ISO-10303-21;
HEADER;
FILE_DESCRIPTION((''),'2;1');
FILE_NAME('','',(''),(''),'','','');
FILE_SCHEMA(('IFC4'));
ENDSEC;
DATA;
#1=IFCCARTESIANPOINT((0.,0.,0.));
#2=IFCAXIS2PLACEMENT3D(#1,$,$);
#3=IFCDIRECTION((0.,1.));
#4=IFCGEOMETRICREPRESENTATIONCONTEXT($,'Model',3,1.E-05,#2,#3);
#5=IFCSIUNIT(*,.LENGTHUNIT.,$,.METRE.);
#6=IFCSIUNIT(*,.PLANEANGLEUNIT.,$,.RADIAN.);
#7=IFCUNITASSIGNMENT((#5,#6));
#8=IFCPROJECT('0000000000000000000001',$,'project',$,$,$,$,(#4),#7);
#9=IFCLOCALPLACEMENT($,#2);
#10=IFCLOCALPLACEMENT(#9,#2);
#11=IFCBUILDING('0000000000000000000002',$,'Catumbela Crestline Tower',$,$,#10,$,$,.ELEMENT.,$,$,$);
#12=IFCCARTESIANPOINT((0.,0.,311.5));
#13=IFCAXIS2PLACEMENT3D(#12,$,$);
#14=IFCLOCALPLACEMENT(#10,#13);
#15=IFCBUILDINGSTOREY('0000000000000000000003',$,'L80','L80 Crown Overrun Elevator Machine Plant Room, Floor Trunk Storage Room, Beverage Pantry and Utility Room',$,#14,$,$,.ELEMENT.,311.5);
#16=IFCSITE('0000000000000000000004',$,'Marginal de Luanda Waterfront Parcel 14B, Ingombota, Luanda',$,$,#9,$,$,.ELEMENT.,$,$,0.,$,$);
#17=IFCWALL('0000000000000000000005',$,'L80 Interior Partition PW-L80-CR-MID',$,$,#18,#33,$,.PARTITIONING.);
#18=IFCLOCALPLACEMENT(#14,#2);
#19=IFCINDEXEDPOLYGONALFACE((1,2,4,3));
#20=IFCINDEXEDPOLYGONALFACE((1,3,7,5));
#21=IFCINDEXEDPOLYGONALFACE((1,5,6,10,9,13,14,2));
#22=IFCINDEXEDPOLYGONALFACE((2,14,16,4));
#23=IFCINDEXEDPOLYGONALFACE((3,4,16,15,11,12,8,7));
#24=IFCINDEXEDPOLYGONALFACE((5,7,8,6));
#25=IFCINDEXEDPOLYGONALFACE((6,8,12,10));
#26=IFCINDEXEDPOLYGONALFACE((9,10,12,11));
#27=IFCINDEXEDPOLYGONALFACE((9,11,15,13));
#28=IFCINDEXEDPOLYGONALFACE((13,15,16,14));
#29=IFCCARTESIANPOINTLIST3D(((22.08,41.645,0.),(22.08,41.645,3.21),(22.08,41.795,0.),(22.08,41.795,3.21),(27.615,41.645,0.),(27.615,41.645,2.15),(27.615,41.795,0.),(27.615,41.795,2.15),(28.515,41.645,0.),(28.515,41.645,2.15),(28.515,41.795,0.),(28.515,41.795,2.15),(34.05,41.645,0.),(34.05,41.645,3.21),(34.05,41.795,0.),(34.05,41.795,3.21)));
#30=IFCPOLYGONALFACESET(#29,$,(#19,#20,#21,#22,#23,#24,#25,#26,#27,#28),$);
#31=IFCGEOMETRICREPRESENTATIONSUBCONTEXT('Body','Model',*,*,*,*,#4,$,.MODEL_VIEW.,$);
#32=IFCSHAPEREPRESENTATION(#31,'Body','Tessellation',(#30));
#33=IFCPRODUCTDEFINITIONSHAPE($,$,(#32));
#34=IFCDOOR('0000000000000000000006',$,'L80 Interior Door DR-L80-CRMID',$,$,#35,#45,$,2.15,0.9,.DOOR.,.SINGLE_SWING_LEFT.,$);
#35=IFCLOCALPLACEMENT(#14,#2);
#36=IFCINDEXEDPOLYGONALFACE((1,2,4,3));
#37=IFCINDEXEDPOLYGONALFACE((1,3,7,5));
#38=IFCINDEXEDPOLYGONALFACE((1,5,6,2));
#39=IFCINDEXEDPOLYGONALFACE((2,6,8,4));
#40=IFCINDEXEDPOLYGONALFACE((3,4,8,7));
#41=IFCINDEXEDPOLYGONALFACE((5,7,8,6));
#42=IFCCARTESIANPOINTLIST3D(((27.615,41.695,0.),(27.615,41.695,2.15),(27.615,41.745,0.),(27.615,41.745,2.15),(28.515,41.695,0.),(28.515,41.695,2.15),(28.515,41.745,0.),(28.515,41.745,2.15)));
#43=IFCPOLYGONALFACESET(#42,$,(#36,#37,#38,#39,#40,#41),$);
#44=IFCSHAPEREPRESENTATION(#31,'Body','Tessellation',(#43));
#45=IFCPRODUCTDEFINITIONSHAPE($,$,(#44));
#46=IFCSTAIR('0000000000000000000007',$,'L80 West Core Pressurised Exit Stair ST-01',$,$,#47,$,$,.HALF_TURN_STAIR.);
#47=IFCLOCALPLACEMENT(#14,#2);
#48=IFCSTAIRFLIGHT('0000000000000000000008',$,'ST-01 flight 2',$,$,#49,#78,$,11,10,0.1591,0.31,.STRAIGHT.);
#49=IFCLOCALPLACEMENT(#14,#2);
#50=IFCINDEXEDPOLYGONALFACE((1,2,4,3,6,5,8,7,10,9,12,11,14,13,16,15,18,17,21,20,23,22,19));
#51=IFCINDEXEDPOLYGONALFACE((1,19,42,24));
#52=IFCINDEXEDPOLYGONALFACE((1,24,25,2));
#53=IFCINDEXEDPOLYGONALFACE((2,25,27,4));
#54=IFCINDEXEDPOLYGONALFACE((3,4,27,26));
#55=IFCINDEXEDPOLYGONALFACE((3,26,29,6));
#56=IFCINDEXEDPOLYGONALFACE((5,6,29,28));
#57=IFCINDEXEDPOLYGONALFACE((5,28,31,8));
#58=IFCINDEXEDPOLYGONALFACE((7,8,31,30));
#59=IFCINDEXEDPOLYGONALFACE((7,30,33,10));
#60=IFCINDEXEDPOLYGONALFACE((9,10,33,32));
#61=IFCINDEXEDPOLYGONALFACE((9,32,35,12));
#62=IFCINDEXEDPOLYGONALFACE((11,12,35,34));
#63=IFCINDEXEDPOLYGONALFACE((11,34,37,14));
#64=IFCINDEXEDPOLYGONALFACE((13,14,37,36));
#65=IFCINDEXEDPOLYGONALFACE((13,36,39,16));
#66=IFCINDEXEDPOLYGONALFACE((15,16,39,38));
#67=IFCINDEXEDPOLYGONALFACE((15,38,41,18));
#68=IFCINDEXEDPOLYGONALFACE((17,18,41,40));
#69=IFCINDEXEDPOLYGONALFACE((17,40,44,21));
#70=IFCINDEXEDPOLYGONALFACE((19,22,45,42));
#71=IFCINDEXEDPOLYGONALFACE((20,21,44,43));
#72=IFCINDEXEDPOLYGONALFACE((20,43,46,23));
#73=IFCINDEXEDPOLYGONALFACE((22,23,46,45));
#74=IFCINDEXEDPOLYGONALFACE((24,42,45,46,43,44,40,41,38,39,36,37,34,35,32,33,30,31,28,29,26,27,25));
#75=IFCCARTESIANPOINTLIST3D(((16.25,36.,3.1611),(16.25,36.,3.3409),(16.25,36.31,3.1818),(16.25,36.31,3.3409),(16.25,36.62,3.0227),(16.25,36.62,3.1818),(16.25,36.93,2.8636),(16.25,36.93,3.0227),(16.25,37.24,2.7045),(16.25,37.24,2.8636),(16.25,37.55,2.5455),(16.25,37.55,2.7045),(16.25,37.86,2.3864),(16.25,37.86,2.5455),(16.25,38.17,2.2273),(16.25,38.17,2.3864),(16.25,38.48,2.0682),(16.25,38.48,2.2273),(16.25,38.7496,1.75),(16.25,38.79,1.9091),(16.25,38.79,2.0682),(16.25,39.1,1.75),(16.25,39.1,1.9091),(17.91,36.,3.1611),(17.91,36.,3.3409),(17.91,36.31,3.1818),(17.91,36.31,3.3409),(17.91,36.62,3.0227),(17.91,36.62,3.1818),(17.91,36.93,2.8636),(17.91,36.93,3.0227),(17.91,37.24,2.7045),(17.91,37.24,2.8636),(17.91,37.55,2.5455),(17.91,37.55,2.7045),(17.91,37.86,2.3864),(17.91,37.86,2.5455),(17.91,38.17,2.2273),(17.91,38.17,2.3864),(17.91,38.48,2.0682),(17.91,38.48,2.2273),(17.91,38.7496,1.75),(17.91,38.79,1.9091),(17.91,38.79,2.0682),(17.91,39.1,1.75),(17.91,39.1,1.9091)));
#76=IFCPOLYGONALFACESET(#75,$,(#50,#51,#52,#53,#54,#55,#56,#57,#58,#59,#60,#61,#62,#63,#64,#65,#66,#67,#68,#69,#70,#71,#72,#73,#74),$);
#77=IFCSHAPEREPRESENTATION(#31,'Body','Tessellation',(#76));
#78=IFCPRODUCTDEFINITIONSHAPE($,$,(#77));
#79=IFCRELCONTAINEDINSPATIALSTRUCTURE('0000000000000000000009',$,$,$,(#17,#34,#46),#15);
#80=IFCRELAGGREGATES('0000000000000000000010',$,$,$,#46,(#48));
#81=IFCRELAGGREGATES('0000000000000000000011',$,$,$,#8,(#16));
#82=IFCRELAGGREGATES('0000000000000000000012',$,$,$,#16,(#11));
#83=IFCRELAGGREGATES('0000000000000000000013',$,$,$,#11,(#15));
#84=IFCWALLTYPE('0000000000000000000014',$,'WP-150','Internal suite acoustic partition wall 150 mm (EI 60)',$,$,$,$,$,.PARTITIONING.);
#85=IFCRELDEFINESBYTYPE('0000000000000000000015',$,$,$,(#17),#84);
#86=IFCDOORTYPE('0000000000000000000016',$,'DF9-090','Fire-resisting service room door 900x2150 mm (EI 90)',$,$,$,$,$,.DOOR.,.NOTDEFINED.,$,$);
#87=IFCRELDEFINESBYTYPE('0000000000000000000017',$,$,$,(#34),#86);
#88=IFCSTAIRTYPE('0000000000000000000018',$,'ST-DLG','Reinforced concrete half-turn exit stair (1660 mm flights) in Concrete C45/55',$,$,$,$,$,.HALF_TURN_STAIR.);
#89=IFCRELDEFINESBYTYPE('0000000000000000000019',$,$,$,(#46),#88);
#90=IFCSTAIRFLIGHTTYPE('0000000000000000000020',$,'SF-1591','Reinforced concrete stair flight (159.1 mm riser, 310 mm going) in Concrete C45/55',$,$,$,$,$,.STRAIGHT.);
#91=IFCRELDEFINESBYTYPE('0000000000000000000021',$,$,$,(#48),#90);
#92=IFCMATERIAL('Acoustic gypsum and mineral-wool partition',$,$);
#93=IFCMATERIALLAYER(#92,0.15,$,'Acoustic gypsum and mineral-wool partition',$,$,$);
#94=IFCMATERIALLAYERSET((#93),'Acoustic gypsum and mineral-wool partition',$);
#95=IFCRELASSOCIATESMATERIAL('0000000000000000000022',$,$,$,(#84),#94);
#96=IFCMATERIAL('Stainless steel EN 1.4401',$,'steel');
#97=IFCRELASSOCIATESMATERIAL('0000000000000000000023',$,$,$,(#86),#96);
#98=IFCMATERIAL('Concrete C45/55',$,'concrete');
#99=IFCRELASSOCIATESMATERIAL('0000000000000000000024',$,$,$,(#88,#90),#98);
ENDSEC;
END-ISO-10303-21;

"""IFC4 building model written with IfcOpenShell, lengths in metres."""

from ifc_helpers import new_model, si_unit, direction, frame, frame_2d, origin, place, context, subcontext, project, spatial, polyline, rectangle, outline, extrude, material, layer, layer_set, type_object, element, fill, aggregate, save


model = new_model("IFC4")

# Units and contexts
model_context = context("Model", 3, precision=1e-05, world=origin(), true_north=direction((0.0, 1.0)))
body_context = subcontext(model_context, "Body", "Model", "MODEL_VIEW")
ifc_project = project(units=[si_unit("LENGTHUNIT", "METRE"), si_unit("PLANEANGLEUNIT", "RADIAN")], contexts=[model_context])

# Site, building, storey
site_placement = place(None, origin())
site = spatial("IfcSite", under=ifc_project, at=site_placement, Name="Marginal de Luanda Waterfront Parcel 14B, Ingombota, Luanda", CompositionType="ELEMENT", RefElevation=0.0)
building_placement = place(site_placement, origin())
building = spatial("IfcBuilding", under=site, at=building_placement, Name="Catumbela Crestline Tower", CompositionType="ELEMENT")
storey_placement = place(building_placement, frame((0.0, 0.0, 311.5)))
storey = spatial("IfcBuildingStorey", under=building, at=storey_placement, Name="L80", Description="L80 Crown Overrun Elevator Machine Plant Room, Floor Trunk Storage Room, Beverage Pantry and Utility Room", CompositionType="ELEMENT", Elevation=311.5)

# Shared definitions
ifc_material_1 = material(Name="Concrete C45/55", Category="concrete")

# Wall, opening, door
ifc_material_2 = material(Name="Acoustic gypsum and mineral-wool partition")
ifc_layer_1 = layer(ifc_material_2, 0.15, Name="Acoustic gypsum and mineral-wool partition")
ifc_layer_set_1 = layer_set([ifc_layer_1], Name="Acoustic gypsum and mineral-wool partition")
wall_type_1 = type_object("IfcWallType", Name="WP-150", Description="Internal suite acoustic partition wall 150 mm (EI 60)", PredefinedType="PARTITIONING", material=ifc_layer_set_1)
wall_1_placement = place(storey_placement, frame((22.08, 41.72, 0.0), z_axis=(0.0, 0.0, 1.0), x_axis=(1.0, 0.0, 0.0)))
wall_1 = element("IfcWall", 1, at=wall_1_placement, inside=storey, type_object=wall_type_1, Name="L80 Interior Partition PW-L80-CR-MID", PredefinedType="PARTITIONING", context=body_context, shape_type="SweptSolid", body=[
    extrude(rectangle(XDim=11.97, YDim=0.15, at=frame_2d((5.985, 0.0))), origin(), (0.0, 0.0, 1.0), 3.21),
])
opening_1_placement = place(wall_1_placement, frame((5.535, 0.0, 0.0)))
opening_1 = element("IfcOpeningElement", 2, at=opening_1_placement, cuts=wall_1, PredefinedType="OPENING", context=body_context, shape_type="SweptSolid", body=[
    extrude(rectangle(XDim=0.9, YDim=2.15, at=frame_2d((0.45, 1.075))), frame((0.0, 0.085, 0.0), z_axis=(0.0, -1.0, 0.0), x_axis=(1.0, 0.0, 0.0)), (0.0, 0.0, 1.0), 0.17),
])
ifc_material_3 = material(Name="Stainless steel EN 1.4401", Category="steel")
door_type_1 = type_object("IfcDoorType", Name="DF9-090", Description="Fire-resisting service room door 900x2150 mm (EI 90)", OperationType="NOTDEFINED", PredefinedType="DOOR", material=ifc_material_3)
door_1_placement = place(opening_1_placement, origin())
door_1 = element("IfcDoor", 3, at=door_1_placement, inside=storey, type_object=door_type_1, Name="L80 Interior Door DR-L80-CRMID", OperationType="SINGLE_SWING_LEFT", OverallHeight=2.15, OverallWidth=0.9, PredefinedType="DOOR", context=body_context, shape_type="SweptSolid", body=[
    extrude(rectangle(XDim=0.9, YDim=2.15, at=frame_2d((0.45, 1.075))), frame((0.0, 0.025, 0.0), z_axis=(0.0, -1.0, 0.0), x_axis=(1.0, 0.0, 0.0)), (0.0, 0.0, 1.0), 0.05),
])
fill(opening_1, door_1)

# Stair, stair flight
stair_type = type_object("IfcStairType", Name="ST-DLG", Description="Reinforced concrete half-turn exit stair (1660 mm flights) in Concrete C45/55", PredefinedType="HALF_TURN_STAIR", material=ifc_material_1)
stair_placement = place(storey_placement, origin())
stair = element("IfcStair", 4, at=stair_placement, inside=storey, type_object=stair_type, Name="L80 West Core Pressurised Exit Stair ST-01", PredefinedType="HALF_TURN_STAIR")
stair_flight_type = type_object("IfcStairFlightType", Name="SF-1591", Description="Reinforced concrete stair flight (159.1 mm riser, 310 mm going) in Concrete C45/55", PredefinedType="STRAIGHT", material=ifc_material_1)
stair_flight_placement = place(storey_placement, frame((17.08, 39.1, 1.75), z_axis=(0.0, 0.0, 1.0), x_axis=(0.0, -1.0, 0.0)))
stair_flight = element("IfcStairFlight", 5, at=stair_flight_placement, type_object=stair_flight_type, Name="ST-01 flight 2", NumberOfRisers=11, NumberOfTreads=10, PredefinedType="STRAIGHT", RiserHeight=0.1591, TreadLength=0.31, context=body_context, shape_type="SweptSolid", body=[
    extrude(outline(polyline([(0.0, 0.0), (0.0, 0.1591), (0.31, 0.1591), (0.31, 0.3182), (0.62, 0.3182), (0.62, 0.4773), (0.93, 0.4773), (0.93, 0.6364), (1.24, 0.6364), (1.24, 0.7955), (1.55, 0.7955), (1.55, 0.9545), (1.86, 0.9545), (1.86, 1.1136), (2.17, 1.1136), (2.17, 1.2727), (2.48, 1.2727), (2.48, 1.4318), (2.79, 1.4318), (2.79, 1.5909), (3.1, 1.5909), (3.1, 1.75), (3.1, 1.4111), (0.3504, 0.0), (0.0, 0.0)])), frame((0.0, 0.83, 0.0), z_axis=(0.0, -1.0, 0.0), x_axis=(1.0, 0.0, 0.0)), (0.0, 0.0, 1.0), 1.66),
])
aggregate(stair, [stair_flight])

save(model, "model.ifc")
